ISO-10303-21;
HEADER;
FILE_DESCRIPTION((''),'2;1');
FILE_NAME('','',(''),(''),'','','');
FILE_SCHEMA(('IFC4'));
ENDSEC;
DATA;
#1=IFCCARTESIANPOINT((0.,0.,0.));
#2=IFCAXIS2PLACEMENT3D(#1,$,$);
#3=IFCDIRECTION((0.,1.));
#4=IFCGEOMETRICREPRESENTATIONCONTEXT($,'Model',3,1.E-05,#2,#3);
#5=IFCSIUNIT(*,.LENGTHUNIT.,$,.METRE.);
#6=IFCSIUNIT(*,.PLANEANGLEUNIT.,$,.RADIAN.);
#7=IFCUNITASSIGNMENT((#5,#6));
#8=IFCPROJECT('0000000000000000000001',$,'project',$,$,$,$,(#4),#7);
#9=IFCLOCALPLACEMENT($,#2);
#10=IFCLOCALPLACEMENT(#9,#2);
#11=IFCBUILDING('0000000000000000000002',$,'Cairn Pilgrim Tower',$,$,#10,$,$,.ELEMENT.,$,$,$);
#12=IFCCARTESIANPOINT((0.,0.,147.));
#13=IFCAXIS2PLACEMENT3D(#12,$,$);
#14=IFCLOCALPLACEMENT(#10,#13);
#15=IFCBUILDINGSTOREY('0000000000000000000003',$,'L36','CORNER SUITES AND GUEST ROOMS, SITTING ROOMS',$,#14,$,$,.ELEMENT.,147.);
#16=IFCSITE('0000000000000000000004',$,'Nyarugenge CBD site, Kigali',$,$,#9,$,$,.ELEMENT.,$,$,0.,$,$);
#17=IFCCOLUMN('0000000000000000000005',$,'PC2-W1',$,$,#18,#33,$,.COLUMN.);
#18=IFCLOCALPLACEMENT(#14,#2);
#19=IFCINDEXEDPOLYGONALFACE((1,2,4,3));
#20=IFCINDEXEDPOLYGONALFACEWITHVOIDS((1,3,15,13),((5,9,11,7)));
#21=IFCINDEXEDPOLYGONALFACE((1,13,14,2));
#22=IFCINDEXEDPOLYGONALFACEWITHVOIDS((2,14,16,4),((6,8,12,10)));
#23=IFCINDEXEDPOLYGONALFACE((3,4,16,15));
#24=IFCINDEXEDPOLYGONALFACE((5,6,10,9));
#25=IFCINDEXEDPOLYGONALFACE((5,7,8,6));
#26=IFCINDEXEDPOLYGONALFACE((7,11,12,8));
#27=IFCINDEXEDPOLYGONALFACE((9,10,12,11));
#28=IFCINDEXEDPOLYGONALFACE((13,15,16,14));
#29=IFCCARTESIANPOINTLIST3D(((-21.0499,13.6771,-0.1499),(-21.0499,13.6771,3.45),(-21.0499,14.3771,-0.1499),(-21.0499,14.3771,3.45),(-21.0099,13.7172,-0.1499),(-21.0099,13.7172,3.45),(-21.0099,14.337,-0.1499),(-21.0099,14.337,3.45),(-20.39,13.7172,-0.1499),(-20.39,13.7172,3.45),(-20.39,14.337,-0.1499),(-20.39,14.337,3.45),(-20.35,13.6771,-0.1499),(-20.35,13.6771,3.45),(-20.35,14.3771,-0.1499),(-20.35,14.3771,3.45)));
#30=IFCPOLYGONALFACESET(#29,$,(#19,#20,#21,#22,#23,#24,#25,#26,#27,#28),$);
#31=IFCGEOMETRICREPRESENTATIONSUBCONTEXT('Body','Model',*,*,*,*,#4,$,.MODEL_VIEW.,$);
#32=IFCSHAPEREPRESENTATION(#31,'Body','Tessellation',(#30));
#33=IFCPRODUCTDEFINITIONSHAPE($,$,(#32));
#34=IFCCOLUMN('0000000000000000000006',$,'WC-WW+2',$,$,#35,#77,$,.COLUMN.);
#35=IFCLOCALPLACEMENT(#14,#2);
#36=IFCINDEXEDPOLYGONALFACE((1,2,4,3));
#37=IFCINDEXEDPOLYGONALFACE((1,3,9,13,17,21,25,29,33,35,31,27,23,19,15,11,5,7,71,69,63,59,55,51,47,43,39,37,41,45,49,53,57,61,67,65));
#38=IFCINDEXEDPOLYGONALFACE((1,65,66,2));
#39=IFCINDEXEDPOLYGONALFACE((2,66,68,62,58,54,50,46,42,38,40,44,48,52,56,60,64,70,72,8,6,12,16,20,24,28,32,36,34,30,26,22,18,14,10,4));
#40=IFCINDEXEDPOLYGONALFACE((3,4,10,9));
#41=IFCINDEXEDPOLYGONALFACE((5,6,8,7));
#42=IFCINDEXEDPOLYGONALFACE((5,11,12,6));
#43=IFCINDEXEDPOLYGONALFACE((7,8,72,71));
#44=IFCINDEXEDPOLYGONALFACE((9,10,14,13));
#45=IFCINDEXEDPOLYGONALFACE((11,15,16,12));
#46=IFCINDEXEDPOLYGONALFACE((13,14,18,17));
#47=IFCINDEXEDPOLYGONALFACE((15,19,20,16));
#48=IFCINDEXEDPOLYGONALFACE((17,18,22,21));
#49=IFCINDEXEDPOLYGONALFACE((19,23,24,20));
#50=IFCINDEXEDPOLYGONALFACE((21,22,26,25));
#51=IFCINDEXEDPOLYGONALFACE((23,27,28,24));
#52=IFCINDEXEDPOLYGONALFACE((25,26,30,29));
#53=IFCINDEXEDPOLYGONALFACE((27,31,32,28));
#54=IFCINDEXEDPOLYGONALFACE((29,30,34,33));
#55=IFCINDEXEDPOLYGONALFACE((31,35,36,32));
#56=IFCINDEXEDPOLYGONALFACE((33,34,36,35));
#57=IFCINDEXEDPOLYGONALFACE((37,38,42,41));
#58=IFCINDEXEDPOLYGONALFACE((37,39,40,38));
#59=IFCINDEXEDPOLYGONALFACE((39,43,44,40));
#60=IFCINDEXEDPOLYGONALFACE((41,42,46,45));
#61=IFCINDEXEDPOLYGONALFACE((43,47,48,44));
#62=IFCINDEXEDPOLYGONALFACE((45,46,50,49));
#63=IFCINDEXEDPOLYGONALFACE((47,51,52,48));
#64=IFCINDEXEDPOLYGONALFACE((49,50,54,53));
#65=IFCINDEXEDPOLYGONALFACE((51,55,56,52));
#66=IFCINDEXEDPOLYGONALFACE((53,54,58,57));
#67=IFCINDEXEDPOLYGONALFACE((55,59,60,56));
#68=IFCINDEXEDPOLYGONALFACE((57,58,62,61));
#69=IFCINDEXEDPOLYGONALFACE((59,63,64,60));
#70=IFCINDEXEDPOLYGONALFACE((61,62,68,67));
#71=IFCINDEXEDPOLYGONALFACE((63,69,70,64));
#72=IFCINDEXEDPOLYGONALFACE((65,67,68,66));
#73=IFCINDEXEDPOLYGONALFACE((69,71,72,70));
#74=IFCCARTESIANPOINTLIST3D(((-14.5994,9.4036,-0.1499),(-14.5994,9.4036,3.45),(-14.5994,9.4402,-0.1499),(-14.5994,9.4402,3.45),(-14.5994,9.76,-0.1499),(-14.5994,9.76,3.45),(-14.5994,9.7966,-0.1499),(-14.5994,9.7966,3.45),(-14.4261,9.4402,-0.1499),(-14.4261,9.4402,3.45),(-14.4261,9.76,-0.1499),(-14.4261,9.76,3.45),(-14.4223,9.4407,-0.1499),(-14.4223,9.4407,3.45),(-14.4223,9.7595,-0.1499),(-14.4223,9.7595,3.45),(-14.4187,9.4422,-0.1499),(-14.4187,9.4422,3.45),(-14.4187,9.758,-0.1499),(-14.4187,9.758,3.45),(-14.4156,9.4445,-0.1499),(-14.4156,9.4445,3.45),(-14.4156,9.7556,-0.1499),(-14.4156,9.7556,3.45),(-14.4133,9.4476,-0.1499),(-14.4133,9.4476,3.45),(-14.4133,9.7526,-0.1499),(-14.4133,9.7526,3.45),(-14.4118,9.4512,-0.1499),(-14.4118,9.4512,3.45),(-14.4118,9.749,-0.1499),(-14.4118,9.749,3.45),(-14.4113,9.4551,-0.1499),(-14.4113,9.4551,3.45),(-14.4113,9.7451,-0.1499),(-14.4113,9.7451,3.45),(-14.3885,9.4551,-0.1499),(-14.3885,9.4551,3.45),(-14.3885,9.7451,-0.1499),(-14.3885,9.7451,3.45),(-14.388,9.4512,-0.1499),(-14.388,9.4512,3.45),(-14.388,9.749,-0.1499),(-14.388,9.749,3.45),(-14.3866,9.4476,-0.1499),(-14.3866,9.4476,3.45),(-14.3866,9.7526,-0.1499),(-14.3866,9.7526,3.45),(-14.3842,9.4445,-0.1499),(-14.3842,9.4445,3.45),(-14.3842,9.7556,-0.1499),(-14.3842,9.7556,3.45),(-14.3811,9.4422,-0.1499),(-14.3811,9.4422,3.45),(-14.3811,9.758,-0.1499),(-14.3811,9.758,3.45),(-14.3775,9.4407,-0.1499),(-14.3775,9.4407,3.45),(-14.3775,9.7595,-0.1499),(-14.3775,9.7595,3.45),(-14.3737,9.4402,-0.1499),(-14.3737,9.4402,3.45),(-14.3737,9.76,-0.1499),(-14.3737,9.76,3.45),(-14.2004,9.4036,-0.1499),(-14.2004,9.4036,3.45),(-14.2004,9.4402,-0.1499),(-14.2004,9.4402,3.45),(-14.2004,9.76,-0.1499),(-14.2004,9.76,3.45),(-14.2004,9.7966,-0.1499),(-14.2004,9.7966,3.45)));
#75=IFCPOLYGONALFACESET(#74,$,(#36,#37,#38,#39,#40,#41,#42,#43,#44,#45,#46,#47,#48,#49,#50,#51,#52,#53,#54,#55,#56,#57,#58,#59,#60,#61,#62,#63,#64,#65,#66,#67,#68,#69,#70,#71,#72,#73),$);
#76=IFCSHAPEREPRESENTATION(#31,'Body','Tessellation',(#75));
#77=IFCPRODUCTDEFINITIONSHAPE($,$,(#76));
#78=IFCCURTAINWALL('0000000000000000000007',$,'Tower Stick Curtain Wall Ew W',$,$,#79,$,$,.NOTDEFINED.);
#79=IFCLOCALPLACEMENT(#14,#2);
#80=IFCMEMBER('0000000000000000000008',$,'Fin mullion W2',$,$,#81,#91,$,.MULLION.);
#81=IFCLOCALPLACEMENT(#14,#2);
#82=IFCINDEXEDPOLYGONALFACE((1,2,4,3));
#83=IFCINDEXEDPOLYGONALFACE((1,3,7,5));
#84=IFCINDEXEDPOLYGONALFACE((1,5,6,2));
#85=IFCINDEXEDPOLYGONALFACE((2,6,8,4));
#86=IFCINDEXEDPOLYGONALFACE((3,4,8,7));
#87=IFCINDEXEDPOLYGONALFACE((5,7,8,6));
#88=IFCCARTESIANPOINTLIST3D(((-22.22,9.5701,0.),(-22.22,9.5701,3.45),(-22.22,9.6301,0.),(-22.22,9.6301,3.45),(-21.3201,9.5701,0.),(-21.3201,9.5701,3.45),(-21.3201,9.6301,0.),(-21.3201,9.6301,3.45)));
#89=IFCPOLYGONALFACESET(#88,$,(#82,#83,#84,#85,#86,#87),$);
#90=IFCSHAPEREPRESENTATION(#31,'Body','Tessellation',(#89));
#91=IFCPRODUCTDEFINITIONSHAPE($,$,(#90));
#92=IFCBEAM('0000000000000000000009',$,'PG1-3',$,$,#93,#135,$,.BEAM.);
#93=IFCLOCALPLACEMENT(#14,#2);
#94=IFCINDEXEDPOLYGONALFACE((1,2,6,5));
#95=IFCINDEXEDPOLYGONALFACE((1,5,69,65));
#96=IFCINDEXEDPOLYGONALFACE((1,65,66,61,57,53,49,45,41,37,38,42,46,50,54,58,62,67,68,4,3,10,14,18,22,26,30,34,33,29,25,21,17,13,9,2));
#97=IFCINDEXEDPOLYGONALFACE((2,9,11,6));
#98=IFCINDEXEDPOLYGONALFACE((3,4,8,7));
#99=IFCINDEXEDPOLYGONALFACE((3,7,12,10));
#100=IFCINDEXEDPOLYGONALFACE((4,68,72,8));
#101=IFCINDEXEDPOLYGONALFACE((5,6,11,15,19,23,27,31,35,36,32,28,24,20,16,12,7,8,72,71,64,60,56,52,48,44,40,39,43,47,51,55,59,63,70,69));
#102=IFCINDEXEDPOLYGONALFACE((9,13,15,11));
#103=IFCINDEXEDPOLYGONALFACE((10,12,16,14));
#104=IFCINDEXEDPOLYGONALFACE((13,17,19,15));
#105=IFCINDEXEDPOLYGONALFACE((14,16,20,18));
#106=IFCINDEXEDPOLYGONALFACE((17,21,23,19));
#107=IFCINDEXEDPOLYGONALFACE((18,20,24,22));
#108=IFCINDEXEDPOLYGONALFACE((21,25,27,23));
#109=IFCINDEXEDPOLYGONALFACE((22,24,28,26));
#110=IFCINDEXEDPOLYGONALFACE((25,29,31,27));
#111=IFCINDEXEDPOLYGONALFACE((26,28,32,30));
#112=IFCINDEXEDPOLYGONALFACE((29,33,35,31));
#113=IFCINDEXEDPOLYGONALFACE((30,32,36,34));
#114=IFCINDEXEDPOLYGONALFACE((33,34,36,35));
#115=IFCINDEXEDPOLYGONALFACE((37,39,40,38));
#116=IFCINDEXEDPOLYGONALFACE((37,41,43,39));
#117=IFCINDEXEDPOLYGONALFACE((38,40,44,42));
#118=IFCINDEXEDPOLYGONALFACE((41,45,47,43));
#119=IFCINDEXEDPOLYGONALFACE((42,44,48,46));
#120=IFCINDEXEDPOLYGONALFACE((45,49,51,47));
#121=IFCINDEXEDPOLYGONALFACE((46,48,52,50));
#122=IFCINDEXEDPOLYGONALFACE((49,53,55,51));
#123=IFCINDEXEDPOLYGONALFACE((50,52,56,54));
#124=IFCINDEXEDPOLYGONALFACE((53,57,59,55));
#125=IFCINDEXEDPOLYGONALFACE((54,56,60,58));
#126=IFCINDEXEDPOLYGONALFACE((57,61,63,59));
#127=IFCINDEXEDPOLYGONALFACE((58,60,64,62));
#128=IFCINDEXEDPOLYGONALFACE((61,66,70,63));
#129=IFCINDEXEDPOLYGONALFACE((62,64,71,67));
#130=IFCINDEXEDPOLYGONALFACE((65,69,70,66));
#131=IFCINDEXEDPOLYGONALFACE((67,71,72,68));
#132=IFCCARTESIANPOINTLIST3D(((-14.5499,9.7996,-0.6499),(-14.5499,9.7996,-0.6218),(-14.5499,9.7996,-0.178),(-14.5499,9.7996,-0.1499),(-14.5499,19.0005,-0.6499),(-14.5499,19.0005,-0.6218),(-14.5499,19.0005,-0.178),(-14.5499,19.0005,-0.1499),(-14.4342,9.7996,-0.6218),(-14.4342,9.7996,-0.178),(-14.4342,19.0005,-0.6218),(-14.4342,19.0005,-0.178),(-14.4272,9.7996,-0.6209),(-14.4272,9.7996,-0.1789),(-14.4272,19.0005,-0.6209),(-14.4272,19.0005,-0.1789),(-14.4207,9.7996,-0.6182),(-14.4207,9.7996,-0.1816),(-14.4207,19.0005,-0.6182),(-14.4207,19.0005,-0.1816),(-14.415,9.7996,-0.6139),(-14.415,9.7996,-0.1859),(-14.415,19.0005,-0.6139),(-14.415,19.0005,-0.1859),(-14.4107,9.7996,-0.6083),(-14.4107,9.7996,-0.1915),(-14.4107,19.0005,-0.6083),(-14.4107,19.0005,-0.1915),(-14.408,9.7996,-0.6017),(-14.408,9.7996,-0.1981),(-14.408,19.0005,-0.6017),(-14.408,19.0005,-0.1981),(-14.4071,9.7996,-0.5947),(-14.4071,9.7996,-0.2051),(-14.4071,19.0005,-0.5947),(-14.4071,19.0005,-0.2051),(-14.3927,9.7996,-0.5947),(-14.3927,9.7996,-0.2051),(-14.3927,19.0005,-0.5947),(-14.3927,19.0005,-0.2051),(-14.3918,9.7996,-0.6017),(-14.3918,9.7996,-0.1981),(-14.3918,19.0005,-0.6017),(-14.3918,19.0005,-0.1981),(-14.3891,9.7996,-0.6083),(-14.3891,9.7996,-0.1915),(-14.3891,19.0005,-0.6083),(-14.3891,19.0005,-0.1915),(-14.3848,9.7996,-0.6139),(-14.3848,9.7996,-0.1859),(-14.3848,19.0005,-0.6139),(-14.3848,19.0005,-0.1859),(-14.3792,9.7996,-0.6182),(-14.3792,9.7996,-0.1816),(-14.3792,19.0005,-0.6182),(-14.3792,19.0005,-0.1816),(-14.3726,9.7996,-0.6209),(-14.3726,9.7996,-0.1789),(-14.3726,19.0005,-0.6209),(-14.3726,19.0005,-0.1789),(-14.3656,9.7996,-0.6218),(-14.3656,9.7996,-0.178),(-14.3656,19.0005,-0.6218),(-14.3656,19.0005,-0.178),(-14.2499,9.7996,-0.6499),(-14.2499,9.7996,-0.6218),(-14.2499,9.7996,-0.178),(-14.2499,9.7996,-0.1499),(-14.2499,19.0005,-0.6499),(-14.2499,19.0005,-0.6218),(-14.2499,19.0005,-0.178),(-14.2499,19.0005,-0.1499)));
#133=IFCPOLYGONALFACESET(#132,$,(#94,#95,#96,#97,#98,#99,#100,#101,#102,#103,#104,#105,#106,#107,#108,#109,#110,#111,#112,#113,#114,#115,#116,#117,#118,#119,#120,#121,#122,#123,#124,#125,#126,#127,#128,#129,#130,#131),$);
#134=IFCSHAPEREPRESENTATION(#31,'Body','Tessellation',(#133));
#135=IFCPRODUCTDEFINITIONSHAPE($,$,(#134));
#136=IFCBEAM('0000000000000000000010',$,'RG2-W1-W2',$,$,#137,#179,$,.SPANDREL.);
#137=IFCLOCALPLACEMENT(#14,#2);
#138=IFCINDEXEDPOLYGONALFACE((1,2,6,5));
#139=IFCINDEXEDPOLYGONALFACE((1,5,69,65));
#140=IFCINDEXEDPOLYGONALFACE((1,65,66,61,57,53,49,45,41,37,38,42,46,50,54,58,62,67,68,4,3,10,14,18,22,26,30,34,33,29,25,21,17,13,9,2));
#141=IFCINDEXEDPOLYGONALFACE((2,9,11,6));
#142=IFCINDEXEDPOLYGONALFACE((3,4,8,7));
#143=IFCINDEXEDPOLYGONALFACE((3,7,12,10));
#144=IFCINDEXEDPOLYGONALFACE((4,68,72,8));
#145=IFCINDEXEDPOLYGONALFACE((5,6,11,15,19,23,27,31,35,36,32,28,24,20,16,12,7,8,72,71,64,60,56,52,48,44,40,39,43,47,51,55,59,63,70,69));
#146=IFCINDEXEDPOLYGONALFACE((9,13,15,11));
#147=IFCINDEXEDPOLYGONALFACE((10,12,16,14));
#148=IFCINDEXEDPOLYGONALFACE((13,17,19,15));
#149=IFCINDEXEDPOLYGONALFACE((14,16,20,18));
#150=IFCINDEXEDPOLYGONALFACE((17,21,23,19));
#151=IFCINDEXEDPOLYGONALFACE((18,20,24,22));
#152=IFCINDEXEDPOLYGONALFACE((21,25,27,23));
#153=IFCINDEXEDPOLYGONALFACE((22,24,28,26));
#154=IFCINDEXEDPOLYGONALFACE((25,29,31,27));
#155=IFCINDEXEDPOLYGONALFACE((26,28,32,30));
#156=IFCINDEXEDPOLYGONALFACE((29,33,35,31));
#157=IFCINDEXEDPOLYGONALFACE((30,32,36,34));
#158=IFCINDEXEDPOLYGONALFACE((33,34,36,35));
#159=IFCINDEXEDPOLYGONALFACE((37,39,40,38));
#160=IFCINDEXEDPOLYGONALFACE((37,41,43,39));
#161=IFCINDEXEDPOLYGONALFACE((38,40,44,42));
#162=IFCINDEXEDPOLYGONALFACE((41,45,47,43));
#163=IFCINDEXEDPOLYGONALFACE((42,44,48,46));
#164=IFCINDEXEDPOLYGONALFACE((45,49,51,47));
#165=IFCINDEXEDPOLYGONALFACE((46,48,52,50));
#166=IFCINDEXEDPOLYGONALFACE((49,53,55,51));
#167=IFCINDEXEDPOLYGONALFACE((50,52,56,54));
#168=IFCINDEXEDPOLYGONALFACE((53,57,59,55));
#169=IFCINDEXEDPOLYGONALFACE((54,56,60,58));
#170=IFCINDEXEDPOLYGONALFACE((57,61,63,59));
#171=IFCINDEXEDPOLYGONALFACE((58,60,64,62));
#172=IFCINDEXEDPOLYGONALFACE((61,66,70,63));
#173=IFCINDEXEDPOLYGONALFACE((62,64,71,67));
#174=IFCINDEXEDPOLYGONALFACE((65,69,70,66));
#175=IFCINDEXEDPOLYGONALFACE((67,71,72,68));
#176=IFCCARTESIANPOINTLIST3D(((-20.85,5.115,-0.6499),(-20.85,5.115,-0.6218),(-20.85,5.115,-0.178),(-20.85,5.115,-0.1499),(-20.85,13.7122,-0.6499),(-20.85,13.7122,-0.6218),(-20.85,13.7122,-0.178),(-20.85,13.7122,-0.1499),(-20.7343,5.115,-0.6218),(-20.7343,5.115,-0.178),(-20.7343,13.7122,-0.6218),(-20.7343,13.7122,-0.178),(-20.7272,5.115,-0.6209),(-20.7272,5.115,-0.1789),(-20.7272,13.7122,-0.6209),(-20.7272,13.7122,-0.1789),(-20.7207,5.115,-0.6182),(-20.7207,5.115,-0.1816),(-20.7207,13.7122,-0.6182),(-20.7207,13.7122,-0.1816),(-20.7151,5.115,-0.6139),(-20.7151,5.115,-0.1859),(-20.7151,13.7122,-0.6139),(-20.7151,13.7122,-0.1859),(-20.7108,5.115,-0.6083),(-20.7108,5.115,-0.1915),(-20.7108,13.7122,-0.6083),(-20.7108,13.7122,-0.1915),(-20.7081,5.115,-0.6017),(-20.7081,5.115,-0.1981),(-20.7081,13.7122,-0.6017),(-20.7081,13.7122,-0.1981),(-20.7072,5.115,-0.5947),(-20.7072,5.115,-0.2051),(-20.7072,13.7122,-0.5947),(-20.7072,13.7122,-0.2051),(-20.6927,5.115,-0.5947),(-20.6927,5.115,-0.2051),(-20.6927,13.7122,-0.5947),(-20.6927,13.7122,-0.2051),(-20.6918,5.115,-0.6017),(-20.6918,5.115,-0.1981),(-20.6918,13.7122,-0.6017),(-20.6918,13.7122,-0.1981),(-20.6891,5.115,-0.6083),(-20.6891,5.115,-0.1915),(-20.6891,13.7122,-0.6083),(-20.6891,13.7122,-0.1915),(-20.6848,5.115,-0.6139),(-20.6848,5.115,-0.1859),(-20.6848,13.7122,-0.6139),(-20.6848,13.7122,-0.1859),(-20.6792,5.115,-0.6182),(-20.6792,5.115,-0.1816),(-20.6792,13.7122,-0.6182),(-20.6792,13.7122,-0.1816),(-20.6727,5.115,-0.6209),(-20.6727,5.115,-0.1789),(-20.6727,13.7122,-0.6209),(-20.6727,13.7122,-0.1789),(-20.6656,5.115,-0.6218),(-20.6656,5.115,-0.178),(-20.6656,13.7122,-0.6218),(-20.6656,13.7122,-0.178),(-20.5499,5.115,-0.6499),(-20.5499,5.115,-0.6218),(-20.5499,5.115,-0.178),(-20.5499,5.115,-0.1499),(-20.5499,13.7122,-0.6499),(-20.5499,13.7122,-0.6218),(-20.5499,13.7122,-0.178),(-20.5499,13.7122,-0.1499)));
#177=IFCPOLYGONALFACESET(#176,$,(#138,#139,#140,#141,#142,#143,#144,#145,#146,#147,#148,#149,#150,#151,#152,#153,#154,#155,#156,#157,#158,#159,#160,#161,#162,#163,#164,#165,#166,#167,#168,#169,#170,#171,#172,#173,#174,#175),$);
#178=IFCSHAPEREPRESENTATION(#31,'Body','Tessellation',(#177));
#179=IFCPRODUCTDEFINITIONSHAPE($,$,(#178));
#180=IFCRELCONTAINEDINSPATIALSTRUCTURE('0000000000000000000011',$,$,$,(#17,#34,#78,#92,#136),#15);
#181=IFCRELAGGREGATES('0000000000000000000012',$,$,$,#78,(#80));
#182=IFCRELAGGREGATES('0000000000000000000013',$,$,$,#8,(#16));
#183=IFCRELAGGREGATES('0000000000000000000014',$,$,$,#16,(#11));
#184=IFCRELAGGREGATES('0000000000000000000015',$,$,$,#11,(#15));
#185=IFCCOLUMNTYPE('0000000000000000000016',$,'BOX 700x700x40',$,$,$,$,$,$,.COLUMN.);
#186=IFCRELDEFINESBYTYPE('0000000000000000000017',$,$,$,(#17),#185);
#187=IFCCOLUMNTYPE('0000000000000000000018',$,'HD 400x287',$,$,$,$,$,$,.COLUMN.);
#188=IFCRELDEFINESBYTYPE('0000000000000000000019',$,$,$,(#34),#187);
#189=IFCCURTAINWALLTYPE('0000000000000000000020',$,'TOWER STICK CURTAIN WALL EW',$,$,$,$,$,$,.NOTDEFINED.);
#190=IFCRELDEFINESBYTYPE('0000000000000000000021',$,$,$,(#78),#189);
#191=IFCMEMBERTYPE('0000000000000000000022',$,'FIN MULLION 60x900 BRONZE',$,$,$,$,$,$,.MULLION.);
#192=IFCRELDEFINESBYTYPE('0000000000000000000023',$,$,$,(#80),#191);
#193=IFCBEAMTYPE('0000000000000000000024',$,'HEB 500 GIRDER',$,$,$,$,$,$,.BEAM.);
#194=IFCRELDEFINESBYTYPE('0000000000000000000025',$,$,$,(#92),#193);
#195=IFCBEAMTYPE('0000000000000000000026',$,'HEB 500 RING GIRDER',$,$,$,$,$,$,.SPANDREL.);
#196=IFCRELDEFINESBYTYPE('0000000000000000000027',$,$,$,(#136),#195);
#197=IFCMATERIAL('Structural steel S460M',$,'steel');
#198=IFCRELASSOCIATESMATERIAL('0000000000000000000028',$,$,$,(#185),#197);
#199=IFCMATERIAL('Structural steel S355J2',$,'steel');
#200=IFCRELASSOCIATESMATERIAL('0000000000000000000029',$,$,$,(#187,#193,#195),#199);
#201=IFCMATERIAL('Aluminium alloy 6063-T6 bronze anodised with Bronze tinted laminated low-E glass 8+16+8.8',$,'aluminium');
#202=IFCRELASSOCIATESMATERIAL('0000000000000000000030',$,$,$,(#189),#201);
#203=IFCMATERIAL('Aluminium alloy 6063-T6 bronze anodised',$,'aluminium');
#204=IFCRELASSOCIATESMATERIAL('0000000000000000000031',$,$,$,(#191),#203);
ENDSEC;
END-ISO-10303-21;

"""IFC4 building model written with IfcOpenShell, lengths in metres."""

from ifc_helpers import new_model, si_unit, direction, frame, origin, origin_2d, place, context, subcontext, project, spatial, rectangle, hollow_rectangle, i_section, extrude, material, material_profile, profile_set, type_object, element, aggregate, save


model = new_model("IFC4")

# Units and contexts
model_context = context("Model", 3, precision=1e-05, world=origin(), true_north=direction((0.0, 1.0)))
body_context = subcontext(model_context, "Body", "Model", "MODEL_VIEW")
ifc_project = project(units=[si_unit("LENGTHUNIT", "METRE"), si_unit("PLANEANGLEUNIT", "RADIAN")], contexts=[model_context])

# Site, building, storey
site_placement = place(None, origin())
site = spatial("IfcSite", under=ifc_project, at=site_placement, Name="Nyarugenge CBD site, Kigali", CompositionType="ELEMENT", RefElevation=0.0)
building_placement = place(site_placement, origin())
building = spatial("IfcBuilding", under=site, at=building_placement, Name="Cairn Pilgrim Tower", CompositionType="ELEMENT")
storey_placement = place(building_placement, frame((0.0, 0.0, 147.0)))
storey = spatial("IfcBuildingStorey", under=building, at=storey_placement, Name="L36", Description="CORNER SUITES AND GUEST ROOMS, SITTING ROOMS", CompositionType="ELEMENT", Elevation=147.0)

# Columns
ifc_material_1 = material(Name="Structural steel S460M", Category="steel")
ifc_material_profile_1 = material_profile(ifc_material_1, hollow_rectangle(XDim=0.7, YDim=0.7, WallThickness=0.04, at=origin_2d()), Name="BOX 700x700x40")
ifc_profile_set_1 = profile_set([ifc_material_profile_1], Name="Structural steel S460M")
column_type_1 = type_object("IfcColumnType", Name="BOX 700x700x40", PredefinedType="COLUMN", material=ifc_profile_set_1)
column_1_placement = place(storey_placement, frame((-20.7, 14.0271, -0.1499), z_axis=(0.0, 0.0, 1.0), x_axis=(1.0, 0.0, 0.0)))
element("IfcColumn", 1, at=column_1_placement, inside=storey, type_object=column_type_1, Name="PC2-W1", PredefinedType="COLUMN", context=body_context, shape_type="SweptSolid", body=[
    extrude(hollow_rectangle(XDim=0.7, YDim=0.7, WallThickness=0.04, at=origin_2d()), origin(), (0.0, 0.0, 1.0), 3.5999),
])
ifc_material_2 = material(Name="Structural steel S355J2", Category="steel")
ifc_material_profile_2 = material_profile(ifc_material_2, i_section(OverallWidth=0.3989, OverallDepth=0.3931, WebThickness=0.0227, FlangeThickness=0.0366, FilletRadius=0.0149, at=origin_2d()), Name="HD 400x287")
ifc_profile_set_2 = profile_set([ifc_material_profile_2], Name="Structural steel S355J2")
column_type_2 = type_object("IfcColumnType", Name="HD 400x287", PredefinedType="COLUMN", material=ifc_profile_set_2)
column_2_placement = place(storey_placement, frame((-14.3999, 9.6001, -0.1499), z_axis=(0.0, 0.0, 1.0), x_axis=(1.0, 0.0, 0.0)))
element("IfcColumn", 2, at=column_2_placement, inside=storey, type_object=column_type_2, Name="WC-WW+2", PredefinedType="COLUMN", context=body_context, shape_type="SweptSolid", body=[
    extrude(i_section(OverallWidth=0.3989, OverallDepth=0.3931, WebThickness=0.0227, FlangeThickness=0.0366, FilletRadius=0.0149, at=origin_2d()), origin(), (0.0, 0.0, 1.0), 3.5999),
])

# Curtain wall, member
ifc_material_3 = material(Name="Aluminium alloy 6063-T6 bronze anodised with Bronze tinted laminated low-E glass 8+16+8.8", Category="aluminium")
curtain_wall_type = type_object("IfcCurtainWallType", Name="TOWER STICK CURTAIN WALL EW", PredefinedType="NOTDEFINED", material=ifc_material_3)
curtain_wall_placement = place(storey_placement, origin())
curtain_wall = element("IfcCurtainWall", 3, at=curtain_wall_placement, inside=storey, type_object=curtain_wall_type, Name="Tower Stick Curtain Wall Ew W", PredefinedType="NOTDEFINED")
ifc_material_4 = material(Name="Aluminium alloy 6063-T6 bronze anodised", Category="aluminium")
ifc_material_profile_3 = material_profile(ifc_material_4, rectangle(XDim=0.8999, YDim=0.0601, at=origin_2d()), Name="FIN MULLION 60x900 BRONZE")
ifc_profile_set_3 = profile_set([ifc_material_profile_3], Name="Aluminium alloy 6063-T6 bronze anodised")
member_type = type_object("IfcMemberType", Name="FIN MULLION 60x900 BRONZE", PredefinedType="MULLION", material=ifc_profile_set_3)
member_placement = place(storey_placement, frame((-21.77, 9.6001, 0.0), z_axis=(0.0, 0.0, 1.0), x_axis=(-1.0, 0.0, 0.0)))
member = element("IfcMember", 4, at=member_placement, type_object=member_type, Name="Fin mullion W2", PredefinedType="MULLION", context=body_context, shape_type="SweptSolid", body=[
    extrude(rectangle(XDim=0.8999, YDim=0.0601, at=origin_2d()), origin(), (0.0, 0.0, 1.0), 3.45),
])
aggregate(curtain_wall, [member])

# Beams
ifc_material_profile_4 = material_profile(ifc_material_2, i_section(OverallWidth=0.3, OverallDepth=0.5, WebThickness=0.0144, FlangeThickness=0.0281, FilletRadius=0.0271, at=origin_2d()), Name="HEB 500")
ifc_profile_set_4 = profile_set([ifc_material_profile_4], Name="Structural steel S355J2")
beam_type_1 = type_object("IfcBeamType", Name="HEB 500 GIRDER", PredefinedType="BEAM", material=ifc_profile_set_4)
beam_1_placement = place(storey_placement, frame((-14.3999, 9.7996, -0.3999), z_axis=(0.0, 1.0, 0.0), x_axis=(-1.0, 0.0, 0.0)))
element("IfcBeam", 5, at=beam_1_placement, inside=storey, type_object=beam_type_1, Name="PG1-3", PredefinedType="BEAM", context=body_context, shape_type="SweptSolid", body=[
    extrude(i_section(OverallWidth=0.3, OverallDepth=0.5, WebThickness=0.0144, FlangeThickness=0.0281, FilletRadius=0.0271, at=origin_2d()), origin(), (0.0, 0.0, 1.0), 9.2009),
])
ifc_material_profile_5 = material_profile(ifc_material_2, i_section(OverallWidth=0.3, OverallDepth=0.5, WebThickness=0.0144, FlangeThickness=0.0281, FilletRadius=0.0271, at=origin_2d()), Name="HEB 500")
ifc_profile_set_5 = profile_set([ifc_material_profile_5], Name="Structural steel S355J2")
beam_type_2 = type_object("IfcBeamType", Name="HEB 500 RING GIRDER", PredefinedType="SPANDREL", material=ifc_profile_set_5)
beam_2_placement = place(storey_placement, frame((-20.7, 13.7122, -0.3999), z_axis=(0.0, -1.0, 0.0), x_axis=(1.0, 0.0, 0.0)))
element("IfcBeam", 6, at=beam_2_placement, inside=storey, type_object=beam_type_2, Name="RG2-W1-W2", PredefinedType="SPANDREL", context=body_context, shape_type="SweptSolid", body=[
    extrude(i_section(OverallWidth=0.3, OverallDepth=0.5, WebThickness=0.0144, FlangeThickness=0.0281, FilletRadius=0.0271, at=origin_2d()), origin(), (0.0, 0.0, 1.0), 8.5972),
])

save(model, "model.ifc")
